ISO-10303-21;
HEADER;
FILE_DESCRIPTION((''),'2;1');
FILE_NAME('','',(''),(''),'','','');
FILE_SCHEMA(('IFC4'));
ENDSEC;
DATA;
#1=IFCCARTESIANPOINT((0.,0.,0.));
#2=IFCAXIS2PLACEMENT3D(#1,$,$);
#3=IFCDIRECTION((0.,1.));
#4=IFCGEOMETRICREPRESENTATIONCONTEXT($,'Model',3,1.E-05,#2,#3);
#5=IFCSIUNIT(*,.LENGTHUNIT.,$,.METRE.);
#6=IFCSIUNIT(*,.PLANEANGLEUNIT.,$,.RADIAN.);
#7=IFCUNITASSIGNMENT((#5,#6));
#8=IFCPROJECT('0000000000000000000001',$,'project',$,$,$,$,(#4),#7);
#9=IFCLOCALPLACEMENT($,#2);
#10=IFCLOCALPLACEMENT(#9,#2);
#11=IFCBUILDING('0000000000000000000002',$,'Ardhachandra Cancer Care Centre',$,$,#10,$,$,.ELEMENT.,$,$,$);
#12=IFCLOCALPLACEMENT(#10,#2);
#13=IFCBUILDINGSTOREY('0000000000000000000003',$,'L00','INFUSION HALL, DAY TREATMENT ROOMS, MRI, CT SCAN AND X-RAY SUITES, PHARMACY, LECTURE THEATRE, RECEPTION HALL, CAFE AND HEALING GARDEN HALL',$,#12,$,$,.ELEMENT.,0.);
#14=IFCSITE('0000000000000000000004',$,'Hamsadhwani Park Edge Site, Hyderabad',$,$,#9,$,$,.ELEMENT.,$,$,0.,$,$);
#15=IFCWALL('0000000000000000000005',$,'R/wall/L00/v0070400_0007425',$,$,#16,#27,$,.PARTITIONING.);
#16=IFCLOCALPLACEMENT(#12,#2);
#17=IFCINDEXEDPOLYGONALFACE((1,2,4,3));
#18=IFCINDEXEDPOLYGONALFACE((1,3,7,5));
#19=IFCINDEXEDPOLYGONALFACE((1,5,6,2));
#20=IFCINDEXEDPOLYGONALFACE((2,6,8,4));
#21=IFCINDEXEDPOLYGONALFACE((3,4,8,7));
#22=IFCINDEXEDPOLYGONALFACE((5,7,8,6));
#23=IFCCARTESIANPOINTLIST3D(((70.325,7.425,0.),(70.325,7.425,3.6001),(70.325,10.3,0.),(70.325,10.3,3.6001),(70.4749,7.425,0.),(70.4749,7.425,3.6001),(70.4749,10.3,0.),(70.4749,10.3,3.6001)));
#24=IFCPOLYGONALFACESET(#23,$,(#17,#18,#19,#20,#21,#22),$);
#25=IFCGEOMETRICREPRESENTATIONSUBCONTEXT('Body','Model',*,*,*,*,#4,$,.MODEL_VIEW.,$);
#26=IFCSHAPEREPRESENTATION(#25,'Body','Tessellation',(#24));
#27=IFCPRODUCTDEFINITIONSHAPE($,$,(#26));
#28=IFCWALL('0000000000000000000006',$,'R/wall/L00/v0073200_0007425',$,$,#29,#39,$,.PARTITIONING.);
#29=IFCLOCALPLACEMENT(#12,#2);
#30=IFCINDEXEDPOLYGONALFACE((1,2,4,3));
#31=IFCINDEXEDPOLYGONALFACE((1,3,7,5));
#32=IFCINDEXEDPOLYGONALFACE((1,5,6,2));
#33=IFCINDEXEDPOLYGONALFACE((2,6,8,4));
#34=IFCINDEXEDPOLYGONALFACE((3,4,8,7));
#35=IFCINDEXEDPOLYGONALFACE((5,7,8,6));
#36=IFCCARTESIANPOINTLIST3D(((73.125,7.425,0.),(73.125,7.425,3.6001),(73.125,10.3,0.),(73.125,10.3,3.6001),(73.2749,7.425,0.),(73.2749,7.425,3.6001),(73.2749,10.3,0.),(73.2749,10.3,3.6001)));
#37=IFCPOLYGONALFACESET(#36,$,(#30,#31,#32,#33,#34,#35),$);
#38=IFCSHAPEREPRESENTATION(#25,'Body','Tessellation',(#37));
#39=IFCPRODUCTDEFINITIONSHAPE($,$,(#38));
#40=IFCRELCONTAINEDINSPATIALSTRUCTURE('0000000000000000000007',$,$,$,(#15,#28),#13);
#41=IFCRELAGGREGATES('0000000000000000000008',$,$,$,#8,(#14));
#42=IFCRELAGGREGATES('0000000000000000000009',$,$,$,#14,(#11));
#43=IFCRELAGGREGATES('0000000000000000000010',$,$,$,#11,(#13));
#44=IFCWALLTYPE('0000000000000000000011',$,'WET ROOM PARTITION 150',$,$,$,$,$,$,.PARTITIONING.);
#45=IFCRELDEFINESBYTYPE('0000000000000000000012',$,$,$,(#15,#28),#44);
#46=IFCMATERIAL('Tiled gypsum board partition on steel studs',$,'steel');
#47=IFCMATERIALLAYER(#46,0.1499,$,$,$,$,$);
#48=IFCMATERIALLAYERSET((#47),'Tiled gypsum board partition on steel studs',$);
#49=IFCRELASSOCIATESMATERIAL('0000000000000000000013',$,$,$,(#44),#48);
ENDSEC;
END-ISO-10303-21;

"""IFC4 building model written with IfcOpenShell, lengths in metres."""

from ifc_helpers import new_model, si_unit, direction, frame, frame_2d, origin, place, context, subcontext, project, spatial, rectangle, extrude, material, layer, layer_set, type_object, element, save


model = new_model("IFC4")

# Units and contexts
model_context = context("Model", 3, precision=1e-05, world=origin(), true_north=direction((0.0, 1.0)))
body_context = subcontext(model_context, "Body", "Model", "MODEL_VIEW")
ifc_project = project(units=[si_unit("LENGTHUNIT", "METRE"), si_unit("PLANEANGLEUNIT", "RADIAN")], contexts=[model_context])

# Site, building, storey
site_placement = place(None, origin())
site = spatial("IfcSite", under=ifc_project, at=site_placement, Name="Hamsadhwani Park Edge Site, Hyderabad", CompositionType="ELEMENT", RefElevation=0.0)
building_placement = place(site_placement, origin())
building = spatial("IfcBuilding", under=site, at=building_placement, Name="Ardhachandra Cancer Care Centre", CompositionType="ELEMENT")
storey_placement = place(building_placement, origin())
storey = spatial("IfcBuildingStorey", under=building, at=storey_placement, Name="L00", Description="INFUSION HALL, DAY TREATMENT ROOMS, MRI, CT SCAN AND X-RAY SUITES, PHARMACY, LECTURE THEATRE, RECEPTION HALL, CAFE AND HEALING GARDEN HALL", CompositionType="ELEMENT", Elevation=0.0)

# Walls
ifc_material_1 = material(Name="Tiled gypsum board partition on steel studs", Category="steel")
ifc_layer_1 = layer(ifc_material_1, 0.1499)
ifc_layer_set_1 = layer_set([ifc_layer_1], Name="Tiled gypsum board partition on steel studs")
wall_type_1 = type_object("IfcWallType", Name="WET ROOM PARTITION 150", PredefinedType="PARTITIONING", material=ifc_layer_set_1)
for number, where, z_axis, x_axis, name in (
    (1, (70.3999, 7.425, 0.0), (0.0, 0.0, 1.0), (0.0, 1.0, 0.0), "R/wall/L00/v0070400_0007425"),
    (2, (73.2, 7.425, 0.0), (0.0, 0.0, 1.0), (0.0, 1.0, 0.0), "R/wall/L00/v0073200_0007425"),
):
    element("IfcWall", number, at=place(storey_placement, frame(where, z_axis=z_axis, x_axis=x_axis)), inside=storey, type_object=wall_type_1, Name=name, PredefinedType="PARTITIONING", context=body_context, shape_type="SweptSolid", body=[
        extrude(rectangle(XDim=2.875, YDim=0.1499, at=frame_2d((1.4375, 0.0))), origin(), (0.0, 0.0, 1.0), 3.6001),
    ])

save(model, "model.ifc")
